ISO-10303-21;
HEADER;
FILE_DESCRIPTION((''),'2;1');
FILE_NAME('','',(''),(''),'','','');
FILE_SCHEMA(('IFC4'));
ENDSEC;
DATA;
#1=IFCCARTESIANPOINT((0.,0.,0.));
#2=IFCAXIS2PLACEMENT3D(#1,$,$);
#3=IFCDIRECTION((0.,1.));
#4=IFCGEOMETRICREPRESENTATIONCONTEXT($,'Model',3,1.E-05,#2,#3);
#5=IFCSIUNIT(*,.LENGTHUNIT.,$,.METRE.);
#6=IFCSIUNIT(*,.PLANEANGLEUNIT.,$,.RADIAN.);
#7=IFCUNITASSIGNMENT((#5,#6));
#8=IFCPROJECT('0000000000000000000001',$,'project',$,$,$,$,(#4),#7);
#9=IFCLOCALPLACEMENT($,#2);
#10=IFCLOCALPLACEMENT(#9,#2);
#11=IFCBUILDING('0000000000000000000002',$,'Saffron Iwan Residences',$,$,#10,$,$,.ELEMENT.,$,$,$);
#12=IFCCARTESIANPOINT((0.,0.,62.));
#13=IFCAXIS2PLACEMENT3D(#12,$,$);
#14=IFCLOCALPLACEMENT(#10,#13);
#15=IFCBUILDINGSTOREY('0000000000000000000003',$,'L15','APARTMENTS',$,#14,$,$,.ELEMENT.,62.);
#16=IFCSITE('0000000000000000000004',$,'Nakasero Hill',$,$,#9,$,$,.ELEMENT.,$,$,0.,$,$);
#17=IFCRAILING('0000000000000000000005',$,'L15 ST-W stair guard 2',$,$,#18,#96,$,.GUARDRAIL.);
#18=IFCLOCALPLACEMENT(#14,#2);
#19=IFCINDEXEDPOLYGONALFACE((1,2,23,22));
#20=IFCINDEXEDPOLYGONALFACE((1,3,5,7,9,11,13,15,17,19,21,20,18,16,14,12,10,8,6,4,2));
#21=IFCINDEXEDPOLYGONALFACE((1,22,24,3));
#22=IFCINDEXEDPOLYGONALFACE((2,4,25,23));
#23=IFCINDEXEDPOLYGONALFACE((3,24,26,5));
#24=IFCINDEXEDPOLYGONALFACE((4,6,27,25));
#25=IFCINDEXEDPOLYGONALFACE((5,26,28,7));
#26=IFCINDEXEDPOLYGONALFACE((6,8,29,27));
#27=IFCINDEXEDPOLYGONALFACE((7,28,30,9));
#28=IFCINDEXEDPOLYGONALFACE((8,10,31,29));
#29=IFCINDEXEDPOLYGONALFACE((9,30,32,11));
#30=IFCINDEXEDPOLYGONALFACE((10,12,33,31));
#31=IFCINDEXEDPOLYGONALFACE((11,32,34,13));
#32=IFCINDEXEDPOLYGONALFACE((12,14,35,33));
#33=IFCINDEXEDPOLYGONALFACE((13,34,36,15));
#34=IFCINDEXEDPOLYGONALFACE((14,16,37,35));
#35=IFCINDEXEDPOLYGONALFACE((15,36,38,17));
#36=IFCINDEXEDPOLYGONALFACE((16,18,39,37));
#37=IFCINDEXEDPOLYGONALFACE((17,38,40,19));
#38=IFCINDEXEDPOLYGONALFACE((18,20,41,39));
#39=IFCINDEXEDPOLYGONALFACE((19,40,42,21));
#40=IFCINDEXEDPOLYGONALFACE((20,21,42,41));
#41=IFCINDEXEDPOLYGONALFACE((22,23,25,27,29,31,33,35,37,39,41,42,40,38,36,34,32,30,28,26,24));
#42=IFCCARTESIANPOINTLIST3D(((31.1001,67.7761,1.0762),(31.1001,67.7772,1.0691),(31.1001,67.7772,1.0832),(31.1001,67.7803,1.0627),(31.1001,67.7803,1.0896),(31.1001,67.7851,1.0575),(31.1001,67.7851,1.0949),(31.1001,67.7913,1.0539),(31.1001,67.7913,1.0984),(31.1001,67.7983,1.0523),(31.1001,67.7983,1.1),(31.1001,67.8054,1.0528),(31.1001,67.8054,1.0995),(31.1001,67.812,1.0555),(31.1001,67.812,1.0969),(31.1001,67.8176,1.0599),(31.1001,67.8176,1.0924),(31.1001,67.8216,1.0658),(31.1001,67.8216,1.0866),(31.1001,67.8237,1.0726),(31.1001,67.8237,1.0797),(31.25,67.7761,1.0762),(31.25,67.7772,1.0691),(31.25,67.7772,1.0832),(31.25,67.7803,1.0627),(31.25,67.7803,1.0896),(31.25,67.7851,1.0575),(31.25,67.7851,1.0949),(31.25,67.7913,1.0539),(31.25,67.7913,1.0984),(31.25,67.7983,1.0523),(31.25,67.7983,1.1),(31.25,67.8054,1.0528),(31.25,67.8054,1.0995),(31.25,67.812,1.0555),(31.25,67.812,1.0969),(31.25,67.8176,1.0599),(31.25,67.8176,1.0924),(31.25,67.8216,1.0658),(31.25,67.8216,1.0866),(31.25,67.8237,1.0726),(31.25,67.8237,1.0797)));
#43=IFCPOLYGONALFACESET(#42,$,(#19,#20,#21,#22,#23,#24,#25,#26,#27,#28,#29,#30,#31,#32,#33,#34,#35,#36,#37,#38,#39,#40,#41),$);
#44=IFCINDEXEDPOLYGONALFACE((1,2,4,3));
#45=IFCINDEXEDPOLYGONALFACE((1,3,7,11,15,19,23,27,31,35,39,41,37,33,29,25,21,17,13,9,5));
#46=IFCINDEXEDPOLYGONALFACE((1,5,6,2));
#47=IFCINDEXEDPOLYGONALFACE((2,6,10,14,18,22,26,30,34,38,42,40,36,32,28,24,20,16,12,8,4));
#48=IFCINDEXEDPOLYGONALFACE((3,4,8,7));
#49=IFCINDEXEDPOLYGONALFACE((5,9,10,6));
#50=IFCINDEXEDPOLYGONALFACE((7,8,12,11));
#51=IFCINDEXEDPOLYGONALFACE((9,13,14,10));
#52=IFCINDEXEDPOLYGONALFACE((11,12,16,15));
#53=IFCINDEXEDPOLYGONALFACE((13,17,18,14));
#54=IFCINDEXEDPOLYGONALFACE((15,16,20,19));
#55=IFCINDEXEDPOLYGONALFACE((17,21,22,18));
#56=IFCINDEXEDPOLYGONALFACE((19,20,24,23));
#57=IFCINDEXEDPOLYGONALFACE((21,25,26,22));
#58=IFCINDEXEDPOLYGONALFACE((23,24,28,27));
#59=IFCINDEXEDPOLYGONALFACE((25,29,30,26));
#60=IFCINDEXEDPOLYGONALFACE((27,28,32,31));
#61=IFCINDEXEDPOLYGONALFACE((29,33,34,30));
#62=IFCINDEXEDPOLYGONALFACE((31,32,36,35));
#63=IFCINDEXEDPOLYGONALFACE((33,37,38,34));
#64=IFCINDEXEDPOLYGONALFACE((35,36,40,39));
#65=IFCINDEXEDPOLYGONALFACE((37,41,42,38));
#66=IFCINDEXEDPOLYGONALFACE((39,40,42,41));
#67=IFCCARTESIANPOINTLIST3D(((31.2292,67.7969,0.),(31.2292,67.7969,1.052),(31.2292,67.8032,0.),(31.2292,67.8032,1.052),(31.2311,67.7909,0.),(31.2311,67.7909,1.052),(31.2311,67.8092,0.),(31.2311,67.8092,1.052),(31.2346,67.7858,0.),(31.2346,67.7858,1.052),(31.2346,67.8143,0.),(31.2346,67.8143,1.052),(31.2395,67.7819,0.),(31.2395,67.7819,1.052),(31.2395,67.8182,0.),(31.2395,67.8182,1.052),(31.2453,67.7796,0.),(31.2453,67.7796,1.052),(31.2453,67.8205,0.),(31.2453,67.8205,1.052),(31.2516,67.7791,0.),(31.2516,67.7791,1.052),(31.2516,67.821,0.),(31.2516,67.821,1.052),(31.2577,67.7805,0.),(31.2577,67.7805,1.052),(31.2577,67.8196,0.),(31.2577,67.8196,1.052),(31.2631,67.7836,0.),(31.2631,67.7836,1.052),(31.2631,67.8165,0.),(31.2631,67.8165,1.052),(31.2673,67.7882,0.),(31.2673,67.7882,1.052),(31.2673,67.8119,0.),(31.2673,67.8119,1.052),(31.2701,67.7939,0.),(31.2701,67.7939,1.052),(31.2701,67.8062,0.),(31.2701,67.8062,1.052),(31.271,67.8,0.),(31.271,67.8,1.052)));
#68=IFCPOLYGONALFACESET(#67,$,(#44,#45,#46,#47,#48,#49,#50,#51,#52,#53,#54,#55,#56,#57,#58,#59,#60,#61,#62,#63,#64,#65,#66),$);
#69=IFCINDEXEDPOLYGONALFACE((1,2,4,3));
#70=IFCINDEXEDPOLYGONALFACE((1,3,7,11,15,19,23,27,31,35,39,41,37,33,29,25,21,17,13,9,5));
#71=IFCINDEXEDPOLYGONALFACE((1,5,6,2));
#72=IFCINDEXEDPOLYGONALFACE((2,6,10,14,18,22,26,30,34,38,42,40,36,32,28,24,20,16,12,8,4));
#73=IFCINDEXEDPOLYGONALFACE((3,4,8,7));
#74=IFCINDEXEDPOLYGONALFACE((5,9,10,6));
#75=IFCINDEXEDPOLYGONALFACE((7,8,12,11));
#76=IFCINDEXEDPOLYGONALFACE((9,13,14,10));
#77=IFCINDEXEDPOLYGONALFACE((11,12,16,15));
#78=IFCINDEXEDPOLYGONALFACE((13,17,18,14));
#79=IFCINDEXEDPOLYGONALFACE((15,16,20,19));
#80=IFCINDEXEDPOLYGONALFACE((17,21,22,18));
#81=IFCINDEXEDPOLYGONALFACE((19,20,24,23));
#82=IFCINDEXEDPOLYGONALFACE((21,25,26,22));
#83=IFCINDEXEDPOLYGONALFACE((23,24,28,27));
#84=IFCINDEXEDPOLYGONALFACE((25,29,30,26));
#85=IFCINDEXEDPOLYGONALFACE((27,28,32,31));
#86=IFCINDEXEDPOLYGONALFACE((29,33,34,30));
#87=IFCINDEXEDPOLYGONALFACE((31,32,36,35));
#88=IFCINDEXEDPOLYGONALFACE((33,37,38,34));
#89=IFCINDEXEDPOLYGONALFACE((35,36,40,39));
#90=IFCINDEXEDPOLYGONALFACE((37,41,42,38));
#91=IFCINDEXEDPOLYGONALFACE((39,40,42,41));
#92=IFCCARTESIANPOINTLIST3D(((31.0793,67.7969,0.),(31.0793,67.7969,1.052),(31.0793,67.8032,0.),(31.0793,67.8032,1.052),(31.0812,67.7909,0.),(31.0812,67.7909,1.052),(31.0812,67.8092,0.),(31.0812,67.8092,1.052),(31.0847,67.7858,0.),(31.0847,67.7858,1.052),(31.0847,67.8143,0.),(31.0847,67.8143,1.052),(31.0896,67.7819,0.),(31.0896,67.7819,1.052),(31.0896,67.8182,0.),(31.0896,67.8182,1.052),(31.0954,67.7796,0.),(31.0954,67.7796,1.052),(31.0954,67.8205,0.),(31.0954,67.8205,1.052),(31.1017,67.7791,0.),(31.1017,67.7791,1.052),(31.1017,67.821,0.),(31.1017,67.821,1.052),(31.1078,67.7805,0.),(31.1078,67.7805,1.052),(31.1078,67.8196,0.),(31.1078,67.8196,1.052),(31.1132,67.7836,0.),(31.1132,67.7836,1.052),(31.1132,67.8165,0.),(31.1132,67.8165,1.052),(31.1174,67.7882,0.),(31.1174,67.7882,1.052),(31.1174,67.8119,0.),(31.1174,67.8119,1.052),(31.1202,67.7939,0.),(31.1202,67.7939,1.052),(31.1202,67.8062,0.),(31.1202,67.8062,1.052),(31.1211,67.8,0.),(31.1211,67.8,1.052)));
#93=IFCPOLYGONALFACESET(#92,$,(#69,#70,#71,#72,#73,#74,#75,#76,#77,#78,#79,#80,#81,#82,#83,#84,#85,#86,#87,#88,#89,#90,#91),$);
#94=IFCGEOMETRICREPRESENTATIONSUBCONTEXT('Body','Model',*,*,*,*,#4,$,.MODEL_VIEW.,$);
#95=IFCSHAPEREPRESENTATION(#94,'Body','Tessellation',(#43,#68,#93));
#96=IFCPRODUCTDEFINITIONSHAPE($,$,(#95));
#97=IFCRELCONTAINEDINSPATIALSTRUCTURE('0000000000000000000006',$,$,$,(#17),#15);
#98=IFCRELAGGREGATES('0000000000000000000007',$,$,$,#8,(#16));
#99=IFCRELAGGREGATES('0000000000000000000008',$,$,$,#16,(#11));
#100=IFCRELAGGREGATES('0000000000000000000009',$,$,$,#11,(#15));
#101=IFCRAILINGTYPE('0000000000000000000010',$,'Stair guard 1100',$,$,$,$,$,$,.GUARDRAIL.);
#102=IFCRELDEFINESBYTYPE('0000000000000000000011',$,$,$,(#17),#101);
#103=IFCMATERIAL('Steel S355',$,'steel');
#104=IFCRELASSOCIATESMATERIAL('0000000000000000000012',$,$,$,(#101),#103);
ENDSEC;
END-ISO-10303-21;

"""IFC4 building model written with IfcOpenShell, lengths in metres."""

from ifc_helpers import new_model, si_unit, direction, frame, origin, origin_2d, place, context, subcontext, project, spatial, circle, extrude, material, type_object, element, save


model = new_model("IFC4")

# Units and contexts
model_context = context("Model", 3, precision=1e-05, world=origin(), true_north=direction((0.0, 1.0)))
body_context = subcontext(model_context, "Body", "Model", "MODEL_VIEW")
ifc_project = project(units=[si_unit("LENGTHUNIT", "METRE"), si_unit("PLANEANGLEUNIT", "RADIAN")], contexts=[model_context])

# Site, building, storey
site_placement = place(None, origin())
site = spatial("IfcSite", under=ifc_project, at=site_placement, Name="Nakasero Hill", CompositionType="ELEMENT", RefElevation=0.0)
building_placement = place(site_placement, origin())
building = spatial("IfcBuilding", under=site, at=building_placement, Name="Saffron Iwan Residences", CompositionType="ELEMENT")
storey_placement = place(building_placement, frame((0.0, 0.0, 62.0)))
storey = spatial("IfcBuildingStorey", under=building, at=storey_placement, Name="L15", Description="APARTMENTS", CompositionType="ELEMENT", Elevation=62.0)

# Railing
ifc_material_1 = material(Name="Steel S355", Category="steel")
railing_type_1 = type_object("IfcRailingType", Name="Stair guard 1100", PredefinedType="GUARDRAIL", material=ifc_material_1)
railing_1_placement = place(storey_placement, frame((31.25, 67.8, 0.0)))
element("IfcRailing", 1, at=railing_1_placement, inside=storey, type_object=railing_type_1, Name="L15 ST-W stair guard 2", PredefinedType="GUARDRAIL", context=body_context, shape_type="SweptSolid", body=[
    extrude(circle(Radius=0.0239, at=origin_2d()), frame((0.0, 0.0, 1.0762), z_axis=(-1.0, 0.0, 0.0), x_axis=(0.0, -1.0, 0.0)), (0.0, 0.0, 1.0), 0.1499),
    extrude(circle(Radius=0.021, at=origin_2d()), origin(), (0.0, 0.0, 1.0), 1.052),
    extrude(circle(Radius=0.021, at=origin_2d()), frame((-0.1499, 0.0, 0.0)), (0.0, 0.0, 1.0), 1.052),
])

save(model, "model.ifc")
